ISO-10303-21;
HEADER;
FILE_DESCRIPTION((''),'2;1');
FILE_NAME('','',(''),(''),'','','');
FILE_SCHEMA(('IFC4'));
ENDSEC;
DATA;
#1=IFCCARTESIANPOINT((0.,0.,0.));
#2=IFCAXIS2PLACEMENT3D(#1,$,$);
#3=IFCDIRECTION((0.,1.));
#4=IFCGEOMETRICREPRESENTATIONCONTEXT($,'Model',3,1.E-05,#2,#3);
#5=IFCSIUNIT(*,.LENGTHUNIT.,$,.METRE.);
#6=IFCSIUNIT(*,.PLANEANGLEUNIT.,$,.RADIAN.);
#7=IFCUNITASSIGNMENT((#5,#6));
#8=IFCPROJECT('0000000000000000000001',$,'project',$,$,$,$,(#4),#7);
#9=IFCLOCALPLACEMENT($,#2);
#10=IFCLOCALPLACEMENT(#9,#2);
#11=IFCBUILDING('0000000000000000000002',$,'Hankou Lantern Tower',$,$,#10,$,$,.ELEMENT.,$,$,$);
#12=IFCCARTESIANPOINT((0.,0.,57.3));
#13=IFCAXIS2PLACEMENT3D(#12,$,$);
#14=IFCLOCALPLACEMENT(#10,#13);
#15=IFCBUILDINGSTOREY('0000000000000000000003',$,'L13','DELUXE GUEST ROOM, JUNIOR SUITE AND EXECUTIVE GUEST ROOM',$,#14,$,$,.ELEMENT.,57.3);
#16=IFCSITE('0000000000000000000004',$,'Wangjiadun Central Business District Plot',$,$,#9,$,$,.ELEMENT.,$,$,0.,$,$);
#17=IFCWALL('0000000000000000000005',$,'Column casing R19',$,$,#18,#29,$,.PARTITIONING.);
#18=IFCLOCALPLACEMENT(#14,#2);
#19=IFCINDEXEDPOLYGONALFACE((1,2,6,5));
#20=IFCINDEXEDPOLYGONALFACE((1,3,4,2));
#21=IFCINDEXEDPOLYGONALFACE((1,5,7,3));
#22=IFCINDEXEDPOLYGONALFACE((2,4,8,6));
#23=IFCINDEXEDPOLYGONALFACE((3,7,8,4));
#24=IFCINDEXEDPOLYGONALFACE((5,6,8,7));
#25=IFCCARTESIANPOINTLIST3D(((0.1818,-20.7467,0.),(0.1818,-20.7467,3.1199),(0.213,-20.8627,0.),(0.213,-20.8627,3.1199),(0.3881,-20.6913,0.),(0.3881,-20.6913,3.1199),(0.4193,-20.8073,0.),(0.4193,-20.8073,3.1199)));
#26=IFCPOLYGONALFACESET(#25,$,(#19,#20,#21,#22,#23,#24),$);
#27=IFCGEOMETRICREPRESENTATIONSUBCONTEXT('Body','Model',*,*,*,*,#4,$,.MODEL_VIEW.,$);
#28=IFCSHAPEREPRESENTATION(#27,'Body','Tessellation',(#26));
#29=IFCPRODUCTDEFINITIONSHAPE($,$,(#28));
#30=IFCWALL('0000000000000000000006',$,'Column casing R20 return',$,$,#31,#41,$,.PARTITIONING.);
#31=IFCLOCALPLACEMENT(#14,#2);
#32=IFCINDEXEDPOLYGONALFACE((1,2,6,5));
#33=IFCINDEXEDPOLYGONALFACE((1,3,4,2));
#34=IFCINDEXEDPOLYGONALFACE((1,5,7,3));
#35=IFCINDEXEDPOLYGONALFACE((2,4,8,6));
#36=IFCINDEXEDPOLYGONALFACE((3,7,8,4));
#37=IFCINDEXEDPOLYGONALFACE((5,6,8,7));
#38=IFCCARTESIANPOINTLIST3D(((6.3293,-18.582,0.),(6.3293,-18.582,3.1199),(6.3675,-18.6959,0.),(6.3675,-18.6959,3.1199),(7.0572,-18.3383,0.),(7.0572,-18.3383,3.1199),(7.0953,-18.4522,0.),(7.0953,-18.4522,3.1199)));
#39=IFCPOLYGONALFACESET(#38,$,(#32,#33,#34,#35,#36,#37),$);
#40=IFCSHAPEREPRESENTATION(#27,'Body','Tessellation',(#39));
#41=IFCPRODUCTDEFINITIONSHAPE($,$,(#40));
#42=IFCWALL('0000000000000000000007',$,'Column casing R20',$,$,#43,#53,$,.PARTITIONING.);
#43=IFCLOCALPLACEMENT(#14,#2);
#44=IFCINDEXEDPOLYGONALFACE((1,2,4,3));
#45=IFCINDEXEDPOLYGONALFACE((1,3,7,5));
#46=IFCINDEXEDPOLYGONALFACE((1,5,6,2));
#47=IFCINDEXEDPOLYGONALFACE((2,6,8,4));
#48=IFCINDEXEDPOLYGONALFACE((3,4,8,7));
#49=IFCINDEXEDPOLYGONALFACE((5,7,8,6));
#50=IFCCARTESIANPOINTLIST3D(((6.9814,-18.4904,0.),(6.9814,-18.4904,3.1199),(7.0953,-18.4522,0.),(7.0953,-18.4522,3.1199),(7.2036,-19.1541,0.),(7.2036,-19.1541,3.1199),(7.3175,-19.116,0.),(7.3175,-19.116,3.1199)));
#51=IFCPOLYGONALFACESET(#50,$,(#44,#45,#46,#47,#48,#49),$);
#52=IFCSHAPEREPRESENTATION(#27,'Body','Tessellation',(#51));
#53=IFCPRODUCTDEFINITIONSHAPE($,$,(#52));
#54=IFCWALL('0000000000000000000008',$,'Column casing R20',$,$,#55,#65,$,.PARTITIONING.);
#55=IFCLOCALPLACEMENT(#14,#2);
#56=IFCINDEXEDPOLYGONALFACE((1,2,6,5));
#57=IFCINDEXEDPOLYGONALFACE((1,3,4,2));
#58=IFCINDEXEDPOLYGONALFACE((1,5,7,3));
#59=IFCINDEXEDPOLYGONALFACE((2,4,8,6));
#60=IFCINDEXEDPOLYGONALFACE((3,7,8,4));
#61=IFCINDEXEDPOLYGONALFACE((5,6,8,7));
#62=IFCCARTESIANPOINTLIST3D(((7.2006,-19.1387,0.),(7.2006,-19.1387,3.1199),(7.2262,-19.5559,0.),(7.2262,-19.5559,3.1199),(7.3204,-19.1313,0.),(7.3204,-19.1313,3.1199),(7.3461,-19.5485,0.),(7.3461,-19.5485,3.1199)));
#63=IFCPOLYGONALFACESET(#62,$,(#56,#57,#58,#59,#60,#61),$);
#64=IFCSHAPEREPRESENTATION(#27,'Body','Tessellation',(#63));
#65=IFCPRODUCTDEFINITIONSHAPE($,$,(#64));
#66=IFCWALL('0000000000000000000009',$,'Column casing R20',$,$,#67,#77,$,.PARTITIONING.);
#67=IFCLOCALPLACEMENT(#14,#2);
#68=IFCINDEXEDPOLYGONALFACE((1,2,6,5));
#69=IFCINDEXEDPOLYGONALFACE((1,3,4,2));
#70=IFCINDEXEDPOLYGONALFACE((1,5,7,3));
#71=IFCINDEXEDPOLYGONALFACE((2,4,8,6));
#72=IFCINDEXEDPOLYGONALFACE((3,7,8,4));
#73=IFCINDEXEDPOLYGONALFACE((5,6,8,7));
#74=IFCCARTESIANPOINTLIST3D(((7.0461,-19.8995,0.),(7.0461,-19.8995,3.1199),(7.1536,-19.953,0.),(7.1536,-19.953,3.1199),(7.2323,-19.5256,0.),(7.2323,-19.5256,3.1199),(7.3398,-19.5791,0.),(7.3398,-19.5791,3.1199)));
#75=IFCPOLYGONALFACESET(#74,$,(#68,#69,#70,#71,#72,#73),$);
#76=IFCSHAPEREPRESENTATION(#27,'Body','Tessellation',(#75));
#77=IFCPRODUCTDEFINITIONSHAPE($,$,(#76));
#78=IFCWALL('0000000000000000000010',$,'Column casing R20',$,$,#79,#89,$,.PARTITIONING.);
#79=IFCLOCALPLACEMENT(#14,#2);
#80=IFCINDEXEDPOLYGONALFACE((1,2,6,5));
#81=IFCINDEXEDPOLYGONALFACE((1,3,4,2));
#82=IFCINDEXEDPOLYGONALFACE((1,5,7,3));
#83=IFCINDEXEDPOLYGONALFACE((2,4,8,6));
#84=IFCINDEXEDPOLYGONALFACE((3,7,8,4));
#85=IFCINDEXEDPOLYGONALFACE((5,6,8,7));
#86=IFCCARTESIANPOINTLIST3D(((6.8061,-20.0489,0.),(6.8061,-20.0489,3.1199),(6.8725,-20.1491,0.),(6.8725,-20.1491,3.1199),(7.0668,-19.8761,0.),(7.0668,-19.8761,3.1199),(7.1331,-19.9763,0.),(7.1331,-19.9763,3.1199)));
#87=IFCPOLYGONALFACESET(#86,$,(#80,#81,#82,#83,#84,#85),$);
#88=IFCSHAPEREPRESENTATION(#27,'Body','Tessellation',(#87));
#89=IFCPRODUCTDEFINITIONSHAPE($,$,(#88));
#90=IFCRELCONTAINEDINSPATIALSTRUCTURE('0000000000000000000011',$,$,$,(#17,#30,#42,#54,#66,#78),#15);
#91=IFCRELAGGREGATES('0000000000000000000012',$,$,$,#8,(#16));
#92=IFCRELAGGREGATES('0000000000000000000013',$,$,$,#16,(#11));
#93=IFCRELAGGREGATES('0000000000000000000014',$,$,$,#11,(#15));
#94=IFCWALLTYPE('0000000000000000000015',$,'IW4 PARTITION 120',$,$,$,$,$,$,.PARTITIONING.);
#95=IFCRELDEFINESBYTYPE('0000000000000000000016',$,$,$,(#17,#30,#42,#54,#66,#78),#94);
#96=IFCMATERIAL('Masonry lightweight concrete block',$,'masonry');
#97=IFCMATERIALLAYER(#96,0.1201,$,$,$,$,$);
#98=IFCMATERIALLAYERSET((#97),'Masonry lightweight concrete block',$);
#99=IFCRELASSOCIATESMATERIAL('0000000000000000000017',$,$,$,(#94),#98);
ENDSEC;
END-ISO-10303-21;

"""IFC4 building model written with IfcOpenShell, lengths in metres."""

from ifc_helpers import new_model, si_unit, direction, frame, frame_2d, origin, place, context, subcontext, project, spatial, rectangle, extrude, material, layer, layer_set, type_object, element, save


model = new_model("IFC4")

# Units and contexts
model_context = context("Model", 3, precision=1e-05, world=origin(), true_north=direction((0.0, 1.0)))
body_context = subcontext(model_context, "Body", "Model", "MODEL_VIEW")
ifc_project = project(units=[si_unit("LENGTHUNIT", "METRE"), si_unit("PLANEANGLEUNIT", "RADIAN")], contexts=[model_context])

# Site, building, storey
site_placement = place(None, origin())
site = spatial("IfcSite", under=ifc_project, at=site_placement, Name="Wangjiadun Central Business District Plot", CompositionType="ELEMENT", RefElevation=0.0)
building_placement = place(site_placement, origin())
building = spatial("IfcBuilding", under=site, at=building_placement, Name="Hankou Lantern Tower", CompositionType="ELEMENT")
storey_placement = place(building_placement, frame((0.0, 0.0, 57.3)))
storey = spatial("IfcBuildingStorey", under=building, at=storey_placement, Name="L13", Description="DELUXE GUEST ROOM, JUNIOR SUITE AND EXECUTIVE GUEST ROOM", CompositionType="ELEMENT", Elevation=57.3)

# Walls
ifc_material_1 = material(Name="Masonry lightweight concrete block", Category="masonry")
ifc_layer_1 = layer(ifc_material_1, 0.1201)
ifc_layer_set_1 = layer_set([ifc_layer_1], Name="Masonry lightweight concrete block")
wall_type_1 = type_object("IfcWallType", Name="IW4 PARTITION 120", PredefinedType="PARTITIONING", material=ifc_layer_set_1)
wall_1_placement = place(storey_placement, frame((0.4038, -20.7493, 0.0), z_axis=(0.0, 0.0, 1.0), x_axis=(-0.965759, -0.259441, 0.0)))
element("IfcWall", 1, at=wall_1_placement, inside=storey, type_object=wall_type_1, Name="Column casing R19", PredefinedType="PARTITIONING", context=body_context, shape_type="SweptSolid", body=[
    extrude(rectangle(XDim=0.2136, YDim=0.1201, at=frame_2d((0.1069, 0.0))), origin(), (0.0, 0.0, 1.0), 3.1199),
])
wall_2_placement = place(storey_placement, frame((6.3484, -18.6389, 0.0), z_axis=(0.0, 0.0, 1.0), x_axis=(0.948269, 0.317468, 0.0)))
element("IfcWall", 2, at=wall_2_placement, inside=storey, type_object=wall_type_1, Name="Column casing R20 return", PredefinedType="PARTITIONING", context=body_context, shape_type="SweptSolid", body=[
    extrude(rectangle(XDim=0.7676, YDim=0.1201, at=frame_2d((0.3838, 0.0))), origin(), (0.0, 0.0, 1.0), 3.1199),
])
wall_3_placement = place(storey_placement, frame((7.0383, -18.4712, 0.0), z_axis=(0.0, 0.0, 1.0), x_axis=(0.317378, -0.948299, 0.0)))
element("IfcWall", 3, at=wall_3_placement, inside=storey, type_object=wall_type_1, Name="Column casing R20", PredefinedType="PARTITIONING", context=body_context, shape_type="SweptSolid", body=[
    extrude(rectangle(XDim=0.7, YDim=0.1201, at=frame_2d((0.3501, 0.0))), origin(), (0.0, 0.0, 1.0), 3.1199),
])
wall_4_placement = place(storey_placement, frame((7.2605, -19.135, 0.0), z_axis=(0.0, 0.0, 1.0), x_axis=(0.061324, -0.998118, 0.0)))
element("IfcWall", 4, at=wall_4_placement, inside=storey, type_object=wall_type_1, Name="Column casing R20", PredefinedType="PARTITIONING", context=body_context, shape_type="SweptSolid", body=[
    extrude(rectangle(XDim=0.418, YDim=0.1201, at=frame_2d((0.209, 0.0))), origin(), (0.0, 0.0, 1.0), 3.1199),
])
wall_5_placement = place(storey_placement, frame((7.2861, -19.5522, 0.0), z_axis=(0.0, 0.0, 1.0), x_axis=(-0.445811, -0.895127, 0.0)))
element("IfcWall", 5, at=wall_5_placement, inside=storey, type_object=wall_type_1, Name="Column casing R20", PredefinedType="PARTITIONING", context=body_context, shape_type="SweptSolid", body=[
    extrude(rectangle(XDim=0.4177, YDim=0.1201, at=frame_2d((0.209, 0.0))), origin(), (0.0, 0.0, 1.0), 3.1199),
])
wall_6_placement = place(storey_placement, frame((7.0999, -19.9263, 0.0), z_axis=(0.0, 0.0, 1.0), x_axis=(-0.833488, -0.552537, 0.0)))
element("IfcWall", 6, at=wall_6_placement, inside=storey, type_object=wall_type_1, Name="Column casing R20", PredefinedType="PARTITIONING", context=body_context, shape_type="SweptSolid", body=[
    extrude(rectangle(XDim=0.3127, YDim=0.1201, at=frame_2d((0.1562, 0.0))), origin(), (0.0, 0.0, 1.0), 3.1199),
])

save(model, "model.ifc")
